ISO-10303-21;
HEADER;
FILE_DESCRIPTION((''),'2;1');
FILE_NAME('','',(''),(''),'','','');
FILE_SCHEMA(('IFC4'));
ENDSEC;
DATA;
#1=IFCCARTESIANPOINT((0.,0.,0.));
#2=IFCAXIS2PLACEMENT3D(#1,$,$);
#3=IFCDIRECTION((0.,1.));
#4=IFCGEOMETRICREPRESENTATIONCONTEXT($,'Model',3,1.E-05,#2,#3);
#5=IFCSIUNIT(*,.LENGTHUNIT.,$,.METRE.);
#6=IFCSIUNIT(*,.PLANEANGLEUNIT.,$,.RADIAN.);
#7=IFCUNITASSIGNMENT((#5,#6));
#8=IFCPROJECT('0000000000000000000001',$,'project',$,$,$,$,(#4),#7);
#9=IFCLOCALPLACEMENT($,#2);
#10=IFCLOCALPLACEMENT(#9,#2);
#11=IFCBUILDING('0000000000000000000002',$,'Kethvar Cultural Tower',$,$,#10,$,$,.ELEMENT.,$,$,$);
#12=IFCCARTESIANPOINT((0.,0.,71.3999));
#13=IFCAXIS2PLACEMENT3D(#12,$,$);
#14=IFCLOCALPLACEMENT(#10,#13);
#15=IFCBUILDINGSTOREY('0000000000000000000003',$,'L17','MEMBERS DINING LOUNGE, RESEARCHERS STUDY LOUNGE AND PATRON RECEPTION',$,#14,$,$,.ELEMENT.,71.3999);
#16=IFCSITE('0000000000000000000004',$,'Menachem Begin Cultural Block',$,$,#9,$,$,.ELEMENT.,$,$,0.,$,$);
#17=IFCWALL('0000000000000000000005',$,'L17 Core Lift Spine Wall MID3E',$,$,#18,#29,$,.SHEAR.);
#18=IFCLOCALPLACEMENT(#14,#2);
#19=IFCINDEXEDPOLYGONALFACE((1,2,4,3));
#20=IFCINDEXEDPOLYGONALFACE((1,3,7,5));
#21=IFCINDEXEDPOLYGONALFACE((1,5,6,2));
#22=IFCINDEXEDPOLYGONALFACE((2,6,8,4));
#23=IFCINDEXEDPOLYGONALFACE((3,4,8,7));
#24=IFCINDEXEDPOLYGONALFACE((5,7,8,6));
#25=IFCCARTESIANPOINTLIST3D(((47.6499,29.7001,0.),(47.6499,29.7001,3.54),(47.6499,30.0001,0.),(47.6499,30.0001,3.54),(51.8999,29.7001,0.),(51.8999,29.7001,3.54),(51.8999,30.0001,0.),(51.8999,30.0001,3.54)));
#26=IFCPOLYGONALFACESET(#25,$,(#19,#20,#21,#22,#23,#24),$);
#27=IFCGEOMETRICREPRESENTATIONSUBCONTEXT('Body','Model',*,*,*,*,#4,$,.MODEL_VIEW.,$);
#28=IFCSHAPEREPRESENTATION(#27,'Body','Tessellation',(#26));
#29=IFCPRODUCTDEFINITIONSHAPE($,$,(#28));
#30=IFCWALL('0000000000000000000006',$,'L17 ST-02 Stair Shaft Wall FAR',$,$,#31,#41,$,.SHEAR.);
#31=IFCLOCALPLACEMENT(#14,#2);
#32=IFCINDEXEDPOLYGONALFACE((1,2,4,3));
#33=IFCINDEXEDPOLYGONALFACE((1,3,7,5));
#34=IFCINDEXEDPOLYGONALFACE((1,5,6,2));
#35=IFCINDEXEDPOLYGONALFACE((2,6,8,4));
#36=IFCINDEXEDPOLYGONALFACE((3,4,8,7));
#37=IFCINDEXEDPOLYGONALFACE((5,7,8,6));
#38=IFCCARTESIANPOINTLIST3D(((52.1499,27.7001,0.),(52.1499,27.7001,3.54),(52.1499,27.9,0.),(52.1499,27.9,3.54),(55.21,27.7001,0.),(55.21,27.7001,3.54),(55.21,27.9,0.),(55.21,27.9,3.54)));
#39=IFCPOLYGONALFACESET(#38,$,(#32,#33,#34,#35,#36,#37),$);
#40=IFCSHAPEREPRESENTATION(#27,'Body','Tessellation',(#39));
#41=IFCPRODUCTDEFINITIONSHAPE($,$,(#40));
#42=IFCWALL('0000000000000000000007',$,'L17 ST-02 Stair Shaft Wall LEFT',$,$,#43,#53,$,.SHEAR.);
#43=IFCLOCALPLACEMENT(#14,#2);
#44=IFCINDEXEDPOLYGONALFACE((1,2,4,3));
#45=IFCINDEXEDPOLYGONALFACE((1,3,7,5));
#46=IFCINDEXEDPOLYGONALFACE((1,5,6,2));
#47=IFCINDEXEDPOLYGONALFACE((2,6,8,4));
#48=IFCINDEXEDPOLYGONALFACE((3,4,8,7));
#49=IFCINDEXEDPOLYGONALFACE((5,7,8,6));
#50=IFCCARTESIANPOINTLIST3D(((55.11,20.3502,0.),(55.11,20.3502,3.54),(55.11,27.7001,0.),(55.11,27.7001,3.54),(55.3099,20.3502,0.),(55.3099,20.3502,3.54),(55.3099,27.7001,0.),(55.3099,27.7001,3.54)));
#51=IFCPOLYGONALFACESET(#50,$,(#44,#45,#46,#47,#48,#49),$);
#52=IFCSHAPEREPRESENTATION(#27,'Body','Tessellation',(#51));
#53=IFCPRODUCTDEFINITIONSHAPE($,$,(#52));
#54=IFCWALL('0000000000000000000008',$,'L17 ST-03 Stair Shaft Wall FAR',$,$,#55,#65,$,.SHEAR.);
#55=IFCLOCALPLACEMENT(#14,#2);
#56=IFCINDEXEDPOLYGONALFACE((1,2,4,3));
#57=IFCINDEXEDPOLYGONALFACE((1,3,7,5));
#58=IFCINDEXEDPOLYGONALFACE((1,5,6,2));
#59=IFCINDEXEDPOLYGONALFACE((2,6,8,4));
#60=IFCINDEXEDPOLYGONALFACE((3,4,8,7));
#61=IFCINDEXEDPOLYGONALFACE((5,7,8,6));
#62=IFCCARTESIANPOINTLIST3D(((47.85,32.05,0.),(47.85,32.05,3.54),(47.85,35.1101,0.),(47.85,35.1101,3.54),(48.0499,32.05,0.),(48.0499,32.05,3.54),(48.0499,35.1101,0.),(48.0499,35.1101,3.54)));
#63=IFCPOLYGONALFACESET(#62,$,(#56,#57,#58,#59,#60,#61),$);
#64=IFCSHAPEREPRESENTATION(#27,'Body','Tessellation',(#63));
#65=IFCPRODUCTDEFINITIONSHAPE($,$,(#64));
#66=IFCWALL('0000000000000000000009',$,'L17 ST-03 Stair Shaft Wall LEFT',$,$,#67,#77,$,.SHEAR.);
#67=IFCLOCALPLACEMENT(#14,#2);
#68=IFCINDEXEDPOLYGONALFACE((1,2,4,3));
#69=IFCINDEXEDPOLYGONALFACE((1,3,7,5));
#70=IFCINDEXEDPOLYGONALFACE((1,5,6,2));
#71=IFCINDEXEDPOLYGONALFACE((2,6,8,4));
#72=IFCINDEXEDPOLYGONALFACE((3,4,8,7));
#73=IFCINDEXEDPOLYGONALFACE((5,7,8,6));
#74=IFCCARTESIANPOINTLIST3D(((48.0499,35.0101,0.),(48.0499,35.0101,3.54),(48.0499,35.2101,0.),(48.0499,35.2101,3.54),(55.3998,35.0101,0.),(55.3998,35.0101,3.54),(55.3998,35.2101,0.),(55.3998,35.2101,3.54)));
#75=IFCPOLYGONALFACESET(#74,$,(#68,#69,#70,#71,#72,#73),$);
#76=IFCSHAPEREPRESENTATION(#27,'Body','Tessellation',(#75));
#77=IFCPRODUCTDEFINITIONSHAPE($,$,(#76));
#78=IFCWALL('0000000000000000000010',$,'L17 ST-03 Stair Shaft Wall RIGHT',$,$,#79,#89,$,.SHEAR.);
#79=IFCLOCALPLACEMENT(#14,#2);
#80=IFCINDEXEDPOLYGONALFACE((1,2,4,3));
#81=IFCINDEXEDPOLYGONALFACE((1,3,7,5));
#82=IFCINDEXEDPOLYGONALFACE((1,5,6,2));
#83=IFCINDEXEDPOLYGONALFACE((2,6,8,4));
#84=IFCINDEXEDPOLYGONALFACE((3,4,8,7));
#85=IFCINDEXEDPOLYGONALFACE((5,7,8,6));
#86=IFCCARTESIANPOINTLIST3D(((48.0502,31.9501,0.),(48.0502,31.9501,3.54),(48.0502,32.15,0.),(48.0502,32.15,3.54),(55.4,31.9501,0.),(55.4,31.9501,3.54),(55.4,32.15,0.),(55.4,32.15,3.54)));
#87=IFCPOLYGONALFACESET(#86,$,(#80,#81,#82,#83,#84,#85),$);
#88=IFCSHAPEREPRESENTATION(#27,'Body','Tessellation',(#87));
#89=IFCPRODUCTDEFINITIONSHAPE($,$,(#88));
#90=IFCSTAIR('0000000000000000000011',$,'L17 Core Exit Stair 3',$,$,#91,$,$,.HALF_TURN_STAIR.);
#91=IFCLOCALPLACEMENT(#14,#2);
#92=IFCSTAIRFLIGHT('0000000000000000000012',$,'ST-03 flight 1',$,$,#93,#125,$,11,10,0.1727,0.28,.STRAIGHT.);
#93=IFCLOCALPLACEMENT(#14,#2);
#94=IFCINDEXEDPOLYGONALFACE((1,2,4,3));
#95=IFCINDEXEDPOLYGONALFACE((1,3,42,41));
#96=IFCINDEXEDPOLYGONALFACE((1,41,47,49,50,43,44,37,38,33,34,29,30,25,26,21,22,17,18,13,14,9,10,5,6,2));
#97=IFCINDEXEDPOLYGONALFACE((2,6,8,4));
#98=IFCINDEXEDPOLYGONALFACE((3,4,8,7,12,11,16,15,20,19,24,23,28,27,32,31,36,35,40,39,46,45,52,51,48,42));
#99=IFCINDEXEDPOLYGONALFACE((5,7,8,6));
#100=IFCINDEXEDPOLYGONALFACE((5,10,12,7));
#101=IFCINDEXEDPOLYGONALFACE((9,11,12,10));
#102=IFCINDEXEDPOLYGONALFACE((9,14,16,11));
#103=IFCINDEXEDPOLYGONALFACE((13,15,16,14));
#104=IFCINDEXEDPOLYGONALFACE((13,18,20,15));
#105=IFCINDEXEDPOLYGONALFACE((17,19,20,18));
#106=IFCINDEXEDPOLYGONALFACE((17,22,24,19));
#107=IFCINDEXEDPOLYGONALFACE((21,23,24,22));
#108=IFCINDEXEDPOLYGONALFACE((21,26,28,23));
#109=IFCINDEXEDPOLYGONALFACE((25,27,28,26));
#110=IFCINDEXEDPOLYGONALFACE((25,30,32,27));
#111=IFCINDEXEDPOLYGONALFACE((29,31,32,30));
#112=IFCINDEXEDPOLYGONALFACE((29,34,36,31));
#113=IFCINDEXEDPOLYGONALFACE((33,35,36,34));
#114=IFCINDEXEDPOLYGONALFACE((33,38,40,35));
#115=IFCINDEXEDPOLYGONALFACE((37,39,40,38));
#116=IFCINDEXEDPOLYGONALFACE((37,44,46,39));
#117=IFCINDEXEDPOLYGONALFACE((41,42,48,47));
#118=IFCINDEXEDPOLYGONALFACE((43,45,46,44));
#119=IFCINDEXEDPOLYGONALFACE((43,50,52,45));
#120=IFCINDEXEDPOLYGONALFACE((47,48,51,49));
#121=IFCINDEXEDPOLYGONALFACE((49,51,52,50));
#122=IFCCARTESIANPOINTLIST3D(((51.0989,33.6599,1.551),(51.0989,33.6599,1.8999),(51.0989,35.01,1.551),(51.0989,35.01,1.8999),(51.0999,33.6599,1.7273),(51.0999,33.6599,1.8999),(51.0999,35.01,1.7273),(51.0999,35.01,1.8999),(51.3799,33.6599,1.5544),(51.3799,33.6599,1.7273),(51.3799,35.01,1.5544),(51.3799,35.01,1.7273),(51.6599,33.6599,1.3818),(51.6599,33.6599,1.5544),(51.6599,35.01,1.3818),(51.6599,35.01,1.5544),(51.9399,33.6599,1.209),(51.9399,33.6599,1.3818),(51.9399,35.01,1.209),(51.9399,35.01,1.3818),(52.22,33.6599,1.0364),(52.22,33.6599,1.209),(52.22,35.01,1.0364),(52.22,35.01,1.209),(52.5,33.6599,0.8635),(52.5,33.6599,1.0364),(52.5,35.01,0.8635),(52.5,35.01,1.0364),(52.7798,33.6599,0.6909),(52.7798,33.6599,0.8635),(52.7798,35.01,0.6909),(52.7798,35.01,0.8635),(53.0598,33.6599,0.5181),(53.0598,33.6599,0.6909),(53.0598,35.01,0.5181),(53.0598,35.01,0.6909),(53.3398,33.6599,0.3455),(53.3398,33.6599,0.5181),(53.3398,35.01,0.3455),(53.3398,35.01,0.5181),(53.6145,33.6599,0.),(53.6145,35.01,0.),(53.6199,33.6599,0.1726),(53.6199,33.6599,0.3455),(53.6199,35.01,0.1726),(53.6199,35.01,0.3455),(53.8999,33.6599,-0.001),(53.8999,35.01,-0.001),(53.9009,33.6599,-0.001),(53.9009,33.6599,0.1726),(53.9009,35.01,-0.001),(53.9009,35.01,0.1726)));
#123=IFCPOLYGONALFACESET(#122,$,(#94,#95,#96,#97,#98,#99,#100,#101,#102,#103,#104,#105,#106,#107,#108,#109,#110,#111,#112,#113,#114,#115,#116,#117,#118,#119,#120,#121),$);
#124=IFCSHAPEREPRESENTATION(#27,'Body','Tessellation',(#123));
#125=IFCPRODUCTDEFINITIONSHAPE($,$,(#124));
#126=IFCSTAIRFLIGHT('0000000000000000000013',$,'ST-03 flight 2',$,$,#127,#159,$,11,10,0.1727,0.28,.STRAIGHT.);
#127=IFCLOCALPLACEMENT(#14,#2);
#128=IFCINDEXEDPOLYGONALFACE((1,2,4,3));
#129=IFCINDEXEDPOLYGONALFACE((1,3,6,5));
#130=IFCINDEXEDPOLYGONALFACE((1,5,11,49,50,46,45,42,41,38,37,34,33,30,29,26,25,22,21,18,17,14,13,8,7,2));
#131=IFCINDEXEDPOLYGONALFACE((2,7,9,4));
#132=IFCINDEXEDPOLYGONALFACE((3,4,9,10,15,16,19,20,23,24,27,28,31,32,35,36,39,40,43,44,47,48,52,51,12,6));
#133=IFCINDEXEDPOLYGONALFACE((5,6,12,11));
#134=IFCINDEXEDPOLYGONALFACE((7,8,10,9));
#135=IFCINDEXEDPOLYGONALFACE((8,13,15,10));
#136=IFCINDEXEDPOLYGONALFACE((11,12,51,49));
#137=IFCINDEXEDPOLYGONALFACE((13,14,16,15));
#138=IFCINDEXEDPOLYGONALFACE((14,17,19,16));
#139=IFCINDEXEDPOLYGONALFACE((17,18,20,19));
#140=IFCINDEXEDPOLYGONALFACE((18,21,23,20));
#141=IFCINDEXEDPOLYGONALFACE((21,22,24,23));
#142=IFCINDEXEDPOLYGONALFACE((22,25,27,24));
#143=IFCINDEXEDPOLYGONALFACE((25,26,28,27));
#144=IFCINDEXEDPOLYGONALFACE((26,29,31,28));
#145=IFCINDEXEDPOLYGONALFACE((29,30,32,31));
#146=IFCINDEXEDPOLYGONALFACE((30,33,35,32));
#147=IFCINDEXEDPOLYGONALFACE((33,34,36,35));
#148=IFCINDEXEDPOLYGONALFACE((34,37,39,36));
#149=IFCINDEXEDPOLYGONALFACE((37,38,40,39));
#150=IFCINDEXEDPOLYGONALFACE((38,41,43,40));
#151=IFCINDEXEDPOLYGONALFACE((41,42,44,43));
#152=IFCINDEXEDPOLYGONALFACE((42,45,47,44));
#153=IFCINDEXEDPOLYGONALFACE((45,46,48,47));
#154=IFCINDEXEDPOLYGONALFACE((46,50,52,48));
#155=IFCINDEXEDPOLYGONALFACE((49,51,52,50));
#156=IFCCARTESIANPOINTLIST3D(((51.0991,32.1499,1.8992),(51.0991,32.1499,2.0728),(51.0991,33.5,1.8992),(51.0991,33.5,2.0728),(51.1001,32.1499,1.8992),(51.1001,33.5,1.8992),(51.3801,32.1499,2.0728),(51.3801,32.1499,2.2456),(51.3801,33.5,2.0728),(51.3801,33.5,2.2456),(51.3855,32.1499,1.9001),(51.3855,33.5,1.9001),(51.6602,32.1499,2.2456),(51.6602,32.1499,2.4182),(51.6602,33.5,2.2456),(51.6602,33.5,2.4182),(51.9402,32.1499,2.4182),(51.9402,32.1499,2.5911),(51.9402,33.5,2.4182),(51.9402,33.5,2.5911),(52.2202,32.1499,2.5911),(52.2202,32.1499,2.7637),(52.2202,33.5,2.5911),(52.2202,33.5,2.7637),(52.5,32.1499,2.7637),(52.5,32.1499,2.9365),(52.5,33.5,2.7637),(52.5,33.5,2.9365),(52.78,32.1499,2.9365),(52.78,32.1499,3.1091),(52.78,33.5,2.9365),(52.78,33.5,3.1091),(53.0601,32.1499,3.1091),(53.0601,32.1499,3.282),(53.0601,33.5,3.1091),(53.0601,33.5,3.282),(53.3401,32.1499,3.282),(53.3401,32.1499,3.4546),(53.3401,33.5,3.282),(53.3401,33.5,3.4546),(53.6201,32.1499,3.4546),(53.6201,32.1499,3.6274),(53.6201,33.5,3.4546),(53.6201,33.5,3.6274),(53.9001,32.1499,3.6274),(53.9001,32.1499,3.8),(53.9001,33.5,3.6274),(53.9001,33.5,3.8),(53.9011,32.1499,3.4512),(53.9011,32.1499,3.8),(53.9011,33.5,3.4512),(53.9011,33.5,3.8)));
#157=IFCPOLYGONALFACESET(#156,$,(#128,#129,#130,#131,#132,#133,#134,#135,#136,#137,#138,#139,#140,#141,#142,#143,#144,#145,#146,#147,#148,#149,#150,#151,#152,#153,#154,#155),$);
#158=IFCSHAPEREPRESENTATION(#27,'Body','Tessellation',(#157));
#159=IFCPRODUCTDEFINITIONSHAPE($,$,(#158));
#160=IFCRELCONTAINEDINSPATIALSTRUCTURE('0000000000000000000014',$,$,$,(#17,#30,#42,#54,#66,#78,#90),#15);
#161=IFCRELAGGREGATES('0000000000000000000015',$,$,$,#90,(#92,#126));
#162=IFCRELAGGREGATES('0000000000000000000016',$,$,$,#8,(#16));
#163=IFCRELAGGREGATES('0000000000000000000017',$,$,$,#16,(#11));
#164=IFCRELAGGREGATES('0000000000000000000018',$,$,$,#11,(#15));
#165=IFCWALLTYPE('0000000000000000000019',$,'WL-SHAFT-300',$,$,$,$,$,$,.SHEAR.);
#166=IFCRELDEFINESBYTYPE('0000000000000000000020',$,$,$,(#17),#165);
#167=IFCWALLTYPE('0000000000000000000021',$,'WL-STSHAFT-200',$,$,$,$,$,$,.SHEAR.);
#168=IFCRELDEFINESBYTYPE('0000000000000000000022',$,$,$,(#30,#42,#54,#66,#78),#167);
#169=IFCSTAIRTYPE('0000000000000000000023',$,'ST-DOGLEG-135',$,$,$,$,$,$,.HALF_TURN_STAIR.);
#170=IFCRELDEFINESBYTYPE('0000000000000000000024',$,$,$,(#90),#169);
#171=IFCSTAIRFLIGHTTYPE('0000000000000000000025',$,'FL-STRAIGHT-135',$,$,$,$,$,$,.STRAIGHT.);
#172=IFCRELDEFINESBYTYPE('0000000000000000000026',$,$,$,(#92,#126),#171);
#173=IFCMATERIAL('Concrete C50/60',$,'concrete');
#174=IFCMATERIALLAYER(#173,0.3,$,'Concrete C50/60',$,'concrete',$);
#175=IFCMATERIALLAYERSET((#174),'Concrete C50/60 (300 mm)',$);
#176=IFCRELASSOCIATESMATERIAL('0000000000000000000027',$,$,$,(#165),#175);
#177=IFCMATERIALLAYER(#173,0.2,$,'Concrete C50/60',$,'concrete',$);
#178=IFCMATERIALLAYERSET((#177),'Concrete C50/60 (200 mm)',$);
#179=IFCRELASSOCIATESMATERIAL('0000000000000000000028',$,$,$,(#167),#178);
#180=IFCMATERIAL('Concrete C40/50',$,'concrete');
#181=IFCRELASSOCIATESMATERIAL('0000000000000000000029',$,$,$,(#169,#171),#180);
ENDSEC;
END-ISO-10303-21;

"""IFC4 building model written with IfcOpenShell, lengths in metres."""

from ifc_helpers import new_model, si_unit, direction, frame, frame_2d, origin, place, context, subcontext, project, spatial, polyline, rectangle, outline, extrude, material, layer, layer_set, type_object, element, aggregate, save


model = new_model("IFC4")

# Units and contexts
model_context = context("Model", 3, precision=1e-05, world=origin(), true_north=direction((0.0, 1.0)))
body_context = subcontext(model_context, "Body", "Model", "MODEL_VIEW")
ifc_project = project(units=[si_unit("LENGTHUNIT", "METRE"), si_unit("PLANEANGLEUNIT", "RADIAN")], contexts=[model_context])

# Site, building, storey
site_placement = place(None, origin())
site = spatial("IfcSite", under=ifc_project, at=site_placement, Name="Menachem Begin Cultural Block", CompositionType="ELEMENT", RefElevation=0.0)
building_placement = place(site_placement, origin())
building = spatial("IfcBuilding", under=site, at=building_placement, Name="Kethvar Cultural Tower", CompositionType="ELEMENT")
storey_placement = place(building_placement, frame((0.0, 0.0, 71.3999)))
storey = spatial("IfcBuildingStorey", under=building, at=storey_placement, Name="L17", Description="MEMBERS DINING LOUNGE, RESEARCHERS STUDY LOUNGE AND PATRON RECEPTION", CompositionType="ELEMENT", Elevation=71.3999)

# Walls
ifc_material_1 = material(Name="Concrete C40/50", Category="concrete")
ifc_material_2 = material(Name="Concrete C50/60", Category="concrete")
ifc_layer_1 = layer(ifc_material_2, 0.3, Name="Concrete C50/60", Category="concrete")
ifc_layer_set_1 = layer_set([ifc_layer_1], Name="Concrete C50/60 (300 mm)")
wall_type_1 = type_object("IfcWallType", Name="WL-SHAFT-300", PredefinedType="SHEAR", material=ifc_layer_set_1)
wall_1_placement = place(storey_placement, frame((47.6499, 29.8501, 0.0), z_axis=(0.0, 0.0, 1.0), x_axis=(1.0, 0.0, 0.0)))
element("IfcWall", 1, at=wall_1_placement, inside=storey, type_object=wall_type_1, Name="L17 Core Lift Spine Wall MID3E", PredefinedType="SHEAR", context=body_context, shape_type="SweptSolid", body=[
    extrude(rectangle(XDim=4.25, YDim=0.3, at=frame_2d((2.125, 0.0))), origin(), (0.0, 0.0, 1.0), 3.54),
])
ifc_layer_2 = layer(ifc_material_2, 0.2, Name="Concrete C50/60", Category="concrete")
ifc_layer_set_2 = layer_set([ifc_layer_2], Name="Concrete C50/60 (200 mm)")
wall_type_2 = type_object("IfcWallType", Name="WL-STSHAFT-200", PredefinedType="SHEAR", material=ifc_layer_set_2)
wall_2_placement = place(storey_placement, frame((52.1499, 27.8, 0.0), z_axis=(0.0, 0.0, 1.0), x_axis=(1.0, 0.0, 0.0)))
element("IfcWall", 2, at=wall_2_placement, inside=storey, type_object=wall_type_2, Name="L17 ST-02 Stair Shaft Wall FAR", PredefinedType="SHEAR", context=body_context, shape_type="SweptSolid", body=[
    extrude(rectangle(XDim=3.0601, YDim=0.2, at=frame_2d((1.53, 0.0))), origin(), (0.0, 0.0, 1.0), 3.54),
])
wall_3_placement = place(storey_placement, frame((55.21, 27.7, 0.0), z_axis=(0.0, 0.0, 1.0), x_axis=(0.0, -1.0, 0.0)))
element("IfcWall", 3, at=wall_3_placement, inside=storey, type_object=wall_type_2, Name="L17 ST-02 Stair Shaft Wall LEFT", PredefinedType="SHEAR", context=body_context, shape_type="SweptSolid", body=[
    extrude(rectangle(XDim=7.3499, YDim=0.2, at=frame_2d((3.6748, 0.0))), origin(), (0.0, 0.0, 1.0), 3.54),
])
wall_4_placement = place(storey_placement, frame((47.95, 32.05, 0.0), z_axis=(0.0, 0.0, 1.0), x_axis=(0.0, 1.0, 0.0)))
element("IfcWall", 4, at=wall_4_placement, inside=storey, type_object=wall_type_2, Name="L17 ST-03 Stair Shaft Wall FAR", PredefinedType="SHEAR", context=body_context, shape_type="SweptSolid", body=[
    extrude(rectangle(XDim=3.0601, YDim=0.2, at=frame_2d((1.53, 0.0))), origin(), (0.0, 0.0, 1.0), 3.54),
])
for number, where, z_axis, x_axis, name in (
    (5, (48.05, 35.1101, 0.0), (0.0, 0.0, 1.0), (1.0, 0.0, 0.0), "L17 ST-03 Stair Shaft Wall LEFT"),
    (6, (55.3999, 32.05, 0.0), (0.0, 0.0, 1.0), (-1.0, 0.0, 0.0), "L17 ST-03 Stair Shaft Wall RIGHT"),
):
    element("IfcWall", number, at=place(storey_placement, frame(where, z_axis=z_axis, x_axis=x_axis)), inside=storey, type_object=wall_type_2, Name=name, PredefinedType="SHEAR", context=body_context, shape_type="SweptSolid", body=[
        extrude(rectangle(XDim=7.3499, YDim=0.2, at=frame_2d((3.6748, 0.0))), origin(), (0.0, 0.0, 1.0), 3.54),
    ])

# Stair, stair flights
stair_type = type_object("IfcStairType", Name="ST-DOGLEG-135", PredefinedType="HALF_TURN_STAIR", material=ifc_material_1)
stair_placement = place(storey_placement, origin())
stair = element("IfcStair", 7, at=stair_placement, inside=storey, type_object=stair_type, Name="L17 Core Exit Stair 3", PredefinedType="HALF_TURN_STAIR")
stair_flight_type = type_object("IfcStairFlightType", Name="FL-STRAIGHT-135", PredefinedType="STRAIGHT", material=ifc_material_1)
stair_flight_1_placement = place(storey_placement, frame((53.8999, 34.335, 0.0), z_axis=(0.0, 0.0, 1.0), x_axis=(-1.0, 0.0, 0.0)))
stair_flight_1 = element("IfcStairFlight", 8, at=stair_flight_1_placement, type_object=stair_flight_type, Name="ST-03 flight 1", NumberOfRisers=11, NumberOfTreads=10, PredefinedType="STRAIGHT", RiserHeight=0.1727, TreadLength=0.28, context=body_context, shape_type="SweptSolid", body=[
    extrude(outline(polyline([(-0.001, -0.001), (-0.001, 0.1726), (0.28, 0.1726), (0.28, 0.3455), (0.5601, 0.3455), (0.5601, 0.5181), (0.8401, 0.5181), (0.8401, 0.6909), (1.1201, 0.6909), (1.1201, 0.8635), (1.3999, 0.8635), (1.3999, 1.0364), (1.6799, 1.0364), (1.6799, 1.209), (1.96, 1.209), (1.96, 1.3818), (2.24, 1.3818), (2.24, 1.5544), (2.52, 1.5544), (2.52, 1.7273), (2.8, 1.7273), (2.8, 1.8999), (2.801, 1.8999), (2.801, 1.551), (0.2854, 0.0), (0.0, -0.001), (-0.001, -0.001)])), frame((0.0, 0.675, 0.0), z_axis=(0.0, -1.0, 0.0), x_axis=(1.0, 0.0, 0.0)), (0.0, 0.0, 1.0), 1.3501),
])
stair_flight_2_placement = place(storey_placement, frame((51.1001, 32.825, 1.9001), z_axis=(0.0, 0.0, 1.0), x_axis=(1.0, 0.0, 0.0)))
stair_flight_2 = element("IfcStairFlight", 9, at=stair_flight_2_placement, type_object=stair_flight_type, Name="ST-03 flight 2", NumberOfRisers=11, NumberOfTreads=10, PredefinedType="STRAIGHT", RiserHeight=0.1727, TreadLength=0.28, context=body_context, shape_type="SweptSolid", body=[
    extrude(outline(polyline([(-0.001, -0.001), (-0.001, 0.1726), (0.28, 0.1726), (0.28, 0.3455), (0.5601, 0.3455), (0.5601, 0.5181), (0.8401, 0.5181), (0.8401, 0.6909), (1.1201, 0.6909), (1.1201, 0.8635), (1.3999, 0.8635), (1.3999, 1.0364), (1.6799, 1.0364), (1.6799, 1.209), (1.96, 1.209), (1.96, 1.3818), (2.24, 1.3818), (2.24, 1.5544), (2.52, 1.5544), (2.52, 1.7273), (2.8, 1.7273), (2.8, 1.8999), (2.801, 1.8999), (2.801, 1.551), (0.2854, 0.0), (0.0, -0.001), (-0.001, -0.001)])), frame((0.0, 0.675, 0.0), z_axis=(0.0, -1.0, 0.0), x_axis=(1.0, 0.0, 0.0)), (0.0, 0.0, 1.0), 1.3501),
])
aggregate(stair, [stair_flight_1, stair_flight_2])

save(model, "model.ifc")
